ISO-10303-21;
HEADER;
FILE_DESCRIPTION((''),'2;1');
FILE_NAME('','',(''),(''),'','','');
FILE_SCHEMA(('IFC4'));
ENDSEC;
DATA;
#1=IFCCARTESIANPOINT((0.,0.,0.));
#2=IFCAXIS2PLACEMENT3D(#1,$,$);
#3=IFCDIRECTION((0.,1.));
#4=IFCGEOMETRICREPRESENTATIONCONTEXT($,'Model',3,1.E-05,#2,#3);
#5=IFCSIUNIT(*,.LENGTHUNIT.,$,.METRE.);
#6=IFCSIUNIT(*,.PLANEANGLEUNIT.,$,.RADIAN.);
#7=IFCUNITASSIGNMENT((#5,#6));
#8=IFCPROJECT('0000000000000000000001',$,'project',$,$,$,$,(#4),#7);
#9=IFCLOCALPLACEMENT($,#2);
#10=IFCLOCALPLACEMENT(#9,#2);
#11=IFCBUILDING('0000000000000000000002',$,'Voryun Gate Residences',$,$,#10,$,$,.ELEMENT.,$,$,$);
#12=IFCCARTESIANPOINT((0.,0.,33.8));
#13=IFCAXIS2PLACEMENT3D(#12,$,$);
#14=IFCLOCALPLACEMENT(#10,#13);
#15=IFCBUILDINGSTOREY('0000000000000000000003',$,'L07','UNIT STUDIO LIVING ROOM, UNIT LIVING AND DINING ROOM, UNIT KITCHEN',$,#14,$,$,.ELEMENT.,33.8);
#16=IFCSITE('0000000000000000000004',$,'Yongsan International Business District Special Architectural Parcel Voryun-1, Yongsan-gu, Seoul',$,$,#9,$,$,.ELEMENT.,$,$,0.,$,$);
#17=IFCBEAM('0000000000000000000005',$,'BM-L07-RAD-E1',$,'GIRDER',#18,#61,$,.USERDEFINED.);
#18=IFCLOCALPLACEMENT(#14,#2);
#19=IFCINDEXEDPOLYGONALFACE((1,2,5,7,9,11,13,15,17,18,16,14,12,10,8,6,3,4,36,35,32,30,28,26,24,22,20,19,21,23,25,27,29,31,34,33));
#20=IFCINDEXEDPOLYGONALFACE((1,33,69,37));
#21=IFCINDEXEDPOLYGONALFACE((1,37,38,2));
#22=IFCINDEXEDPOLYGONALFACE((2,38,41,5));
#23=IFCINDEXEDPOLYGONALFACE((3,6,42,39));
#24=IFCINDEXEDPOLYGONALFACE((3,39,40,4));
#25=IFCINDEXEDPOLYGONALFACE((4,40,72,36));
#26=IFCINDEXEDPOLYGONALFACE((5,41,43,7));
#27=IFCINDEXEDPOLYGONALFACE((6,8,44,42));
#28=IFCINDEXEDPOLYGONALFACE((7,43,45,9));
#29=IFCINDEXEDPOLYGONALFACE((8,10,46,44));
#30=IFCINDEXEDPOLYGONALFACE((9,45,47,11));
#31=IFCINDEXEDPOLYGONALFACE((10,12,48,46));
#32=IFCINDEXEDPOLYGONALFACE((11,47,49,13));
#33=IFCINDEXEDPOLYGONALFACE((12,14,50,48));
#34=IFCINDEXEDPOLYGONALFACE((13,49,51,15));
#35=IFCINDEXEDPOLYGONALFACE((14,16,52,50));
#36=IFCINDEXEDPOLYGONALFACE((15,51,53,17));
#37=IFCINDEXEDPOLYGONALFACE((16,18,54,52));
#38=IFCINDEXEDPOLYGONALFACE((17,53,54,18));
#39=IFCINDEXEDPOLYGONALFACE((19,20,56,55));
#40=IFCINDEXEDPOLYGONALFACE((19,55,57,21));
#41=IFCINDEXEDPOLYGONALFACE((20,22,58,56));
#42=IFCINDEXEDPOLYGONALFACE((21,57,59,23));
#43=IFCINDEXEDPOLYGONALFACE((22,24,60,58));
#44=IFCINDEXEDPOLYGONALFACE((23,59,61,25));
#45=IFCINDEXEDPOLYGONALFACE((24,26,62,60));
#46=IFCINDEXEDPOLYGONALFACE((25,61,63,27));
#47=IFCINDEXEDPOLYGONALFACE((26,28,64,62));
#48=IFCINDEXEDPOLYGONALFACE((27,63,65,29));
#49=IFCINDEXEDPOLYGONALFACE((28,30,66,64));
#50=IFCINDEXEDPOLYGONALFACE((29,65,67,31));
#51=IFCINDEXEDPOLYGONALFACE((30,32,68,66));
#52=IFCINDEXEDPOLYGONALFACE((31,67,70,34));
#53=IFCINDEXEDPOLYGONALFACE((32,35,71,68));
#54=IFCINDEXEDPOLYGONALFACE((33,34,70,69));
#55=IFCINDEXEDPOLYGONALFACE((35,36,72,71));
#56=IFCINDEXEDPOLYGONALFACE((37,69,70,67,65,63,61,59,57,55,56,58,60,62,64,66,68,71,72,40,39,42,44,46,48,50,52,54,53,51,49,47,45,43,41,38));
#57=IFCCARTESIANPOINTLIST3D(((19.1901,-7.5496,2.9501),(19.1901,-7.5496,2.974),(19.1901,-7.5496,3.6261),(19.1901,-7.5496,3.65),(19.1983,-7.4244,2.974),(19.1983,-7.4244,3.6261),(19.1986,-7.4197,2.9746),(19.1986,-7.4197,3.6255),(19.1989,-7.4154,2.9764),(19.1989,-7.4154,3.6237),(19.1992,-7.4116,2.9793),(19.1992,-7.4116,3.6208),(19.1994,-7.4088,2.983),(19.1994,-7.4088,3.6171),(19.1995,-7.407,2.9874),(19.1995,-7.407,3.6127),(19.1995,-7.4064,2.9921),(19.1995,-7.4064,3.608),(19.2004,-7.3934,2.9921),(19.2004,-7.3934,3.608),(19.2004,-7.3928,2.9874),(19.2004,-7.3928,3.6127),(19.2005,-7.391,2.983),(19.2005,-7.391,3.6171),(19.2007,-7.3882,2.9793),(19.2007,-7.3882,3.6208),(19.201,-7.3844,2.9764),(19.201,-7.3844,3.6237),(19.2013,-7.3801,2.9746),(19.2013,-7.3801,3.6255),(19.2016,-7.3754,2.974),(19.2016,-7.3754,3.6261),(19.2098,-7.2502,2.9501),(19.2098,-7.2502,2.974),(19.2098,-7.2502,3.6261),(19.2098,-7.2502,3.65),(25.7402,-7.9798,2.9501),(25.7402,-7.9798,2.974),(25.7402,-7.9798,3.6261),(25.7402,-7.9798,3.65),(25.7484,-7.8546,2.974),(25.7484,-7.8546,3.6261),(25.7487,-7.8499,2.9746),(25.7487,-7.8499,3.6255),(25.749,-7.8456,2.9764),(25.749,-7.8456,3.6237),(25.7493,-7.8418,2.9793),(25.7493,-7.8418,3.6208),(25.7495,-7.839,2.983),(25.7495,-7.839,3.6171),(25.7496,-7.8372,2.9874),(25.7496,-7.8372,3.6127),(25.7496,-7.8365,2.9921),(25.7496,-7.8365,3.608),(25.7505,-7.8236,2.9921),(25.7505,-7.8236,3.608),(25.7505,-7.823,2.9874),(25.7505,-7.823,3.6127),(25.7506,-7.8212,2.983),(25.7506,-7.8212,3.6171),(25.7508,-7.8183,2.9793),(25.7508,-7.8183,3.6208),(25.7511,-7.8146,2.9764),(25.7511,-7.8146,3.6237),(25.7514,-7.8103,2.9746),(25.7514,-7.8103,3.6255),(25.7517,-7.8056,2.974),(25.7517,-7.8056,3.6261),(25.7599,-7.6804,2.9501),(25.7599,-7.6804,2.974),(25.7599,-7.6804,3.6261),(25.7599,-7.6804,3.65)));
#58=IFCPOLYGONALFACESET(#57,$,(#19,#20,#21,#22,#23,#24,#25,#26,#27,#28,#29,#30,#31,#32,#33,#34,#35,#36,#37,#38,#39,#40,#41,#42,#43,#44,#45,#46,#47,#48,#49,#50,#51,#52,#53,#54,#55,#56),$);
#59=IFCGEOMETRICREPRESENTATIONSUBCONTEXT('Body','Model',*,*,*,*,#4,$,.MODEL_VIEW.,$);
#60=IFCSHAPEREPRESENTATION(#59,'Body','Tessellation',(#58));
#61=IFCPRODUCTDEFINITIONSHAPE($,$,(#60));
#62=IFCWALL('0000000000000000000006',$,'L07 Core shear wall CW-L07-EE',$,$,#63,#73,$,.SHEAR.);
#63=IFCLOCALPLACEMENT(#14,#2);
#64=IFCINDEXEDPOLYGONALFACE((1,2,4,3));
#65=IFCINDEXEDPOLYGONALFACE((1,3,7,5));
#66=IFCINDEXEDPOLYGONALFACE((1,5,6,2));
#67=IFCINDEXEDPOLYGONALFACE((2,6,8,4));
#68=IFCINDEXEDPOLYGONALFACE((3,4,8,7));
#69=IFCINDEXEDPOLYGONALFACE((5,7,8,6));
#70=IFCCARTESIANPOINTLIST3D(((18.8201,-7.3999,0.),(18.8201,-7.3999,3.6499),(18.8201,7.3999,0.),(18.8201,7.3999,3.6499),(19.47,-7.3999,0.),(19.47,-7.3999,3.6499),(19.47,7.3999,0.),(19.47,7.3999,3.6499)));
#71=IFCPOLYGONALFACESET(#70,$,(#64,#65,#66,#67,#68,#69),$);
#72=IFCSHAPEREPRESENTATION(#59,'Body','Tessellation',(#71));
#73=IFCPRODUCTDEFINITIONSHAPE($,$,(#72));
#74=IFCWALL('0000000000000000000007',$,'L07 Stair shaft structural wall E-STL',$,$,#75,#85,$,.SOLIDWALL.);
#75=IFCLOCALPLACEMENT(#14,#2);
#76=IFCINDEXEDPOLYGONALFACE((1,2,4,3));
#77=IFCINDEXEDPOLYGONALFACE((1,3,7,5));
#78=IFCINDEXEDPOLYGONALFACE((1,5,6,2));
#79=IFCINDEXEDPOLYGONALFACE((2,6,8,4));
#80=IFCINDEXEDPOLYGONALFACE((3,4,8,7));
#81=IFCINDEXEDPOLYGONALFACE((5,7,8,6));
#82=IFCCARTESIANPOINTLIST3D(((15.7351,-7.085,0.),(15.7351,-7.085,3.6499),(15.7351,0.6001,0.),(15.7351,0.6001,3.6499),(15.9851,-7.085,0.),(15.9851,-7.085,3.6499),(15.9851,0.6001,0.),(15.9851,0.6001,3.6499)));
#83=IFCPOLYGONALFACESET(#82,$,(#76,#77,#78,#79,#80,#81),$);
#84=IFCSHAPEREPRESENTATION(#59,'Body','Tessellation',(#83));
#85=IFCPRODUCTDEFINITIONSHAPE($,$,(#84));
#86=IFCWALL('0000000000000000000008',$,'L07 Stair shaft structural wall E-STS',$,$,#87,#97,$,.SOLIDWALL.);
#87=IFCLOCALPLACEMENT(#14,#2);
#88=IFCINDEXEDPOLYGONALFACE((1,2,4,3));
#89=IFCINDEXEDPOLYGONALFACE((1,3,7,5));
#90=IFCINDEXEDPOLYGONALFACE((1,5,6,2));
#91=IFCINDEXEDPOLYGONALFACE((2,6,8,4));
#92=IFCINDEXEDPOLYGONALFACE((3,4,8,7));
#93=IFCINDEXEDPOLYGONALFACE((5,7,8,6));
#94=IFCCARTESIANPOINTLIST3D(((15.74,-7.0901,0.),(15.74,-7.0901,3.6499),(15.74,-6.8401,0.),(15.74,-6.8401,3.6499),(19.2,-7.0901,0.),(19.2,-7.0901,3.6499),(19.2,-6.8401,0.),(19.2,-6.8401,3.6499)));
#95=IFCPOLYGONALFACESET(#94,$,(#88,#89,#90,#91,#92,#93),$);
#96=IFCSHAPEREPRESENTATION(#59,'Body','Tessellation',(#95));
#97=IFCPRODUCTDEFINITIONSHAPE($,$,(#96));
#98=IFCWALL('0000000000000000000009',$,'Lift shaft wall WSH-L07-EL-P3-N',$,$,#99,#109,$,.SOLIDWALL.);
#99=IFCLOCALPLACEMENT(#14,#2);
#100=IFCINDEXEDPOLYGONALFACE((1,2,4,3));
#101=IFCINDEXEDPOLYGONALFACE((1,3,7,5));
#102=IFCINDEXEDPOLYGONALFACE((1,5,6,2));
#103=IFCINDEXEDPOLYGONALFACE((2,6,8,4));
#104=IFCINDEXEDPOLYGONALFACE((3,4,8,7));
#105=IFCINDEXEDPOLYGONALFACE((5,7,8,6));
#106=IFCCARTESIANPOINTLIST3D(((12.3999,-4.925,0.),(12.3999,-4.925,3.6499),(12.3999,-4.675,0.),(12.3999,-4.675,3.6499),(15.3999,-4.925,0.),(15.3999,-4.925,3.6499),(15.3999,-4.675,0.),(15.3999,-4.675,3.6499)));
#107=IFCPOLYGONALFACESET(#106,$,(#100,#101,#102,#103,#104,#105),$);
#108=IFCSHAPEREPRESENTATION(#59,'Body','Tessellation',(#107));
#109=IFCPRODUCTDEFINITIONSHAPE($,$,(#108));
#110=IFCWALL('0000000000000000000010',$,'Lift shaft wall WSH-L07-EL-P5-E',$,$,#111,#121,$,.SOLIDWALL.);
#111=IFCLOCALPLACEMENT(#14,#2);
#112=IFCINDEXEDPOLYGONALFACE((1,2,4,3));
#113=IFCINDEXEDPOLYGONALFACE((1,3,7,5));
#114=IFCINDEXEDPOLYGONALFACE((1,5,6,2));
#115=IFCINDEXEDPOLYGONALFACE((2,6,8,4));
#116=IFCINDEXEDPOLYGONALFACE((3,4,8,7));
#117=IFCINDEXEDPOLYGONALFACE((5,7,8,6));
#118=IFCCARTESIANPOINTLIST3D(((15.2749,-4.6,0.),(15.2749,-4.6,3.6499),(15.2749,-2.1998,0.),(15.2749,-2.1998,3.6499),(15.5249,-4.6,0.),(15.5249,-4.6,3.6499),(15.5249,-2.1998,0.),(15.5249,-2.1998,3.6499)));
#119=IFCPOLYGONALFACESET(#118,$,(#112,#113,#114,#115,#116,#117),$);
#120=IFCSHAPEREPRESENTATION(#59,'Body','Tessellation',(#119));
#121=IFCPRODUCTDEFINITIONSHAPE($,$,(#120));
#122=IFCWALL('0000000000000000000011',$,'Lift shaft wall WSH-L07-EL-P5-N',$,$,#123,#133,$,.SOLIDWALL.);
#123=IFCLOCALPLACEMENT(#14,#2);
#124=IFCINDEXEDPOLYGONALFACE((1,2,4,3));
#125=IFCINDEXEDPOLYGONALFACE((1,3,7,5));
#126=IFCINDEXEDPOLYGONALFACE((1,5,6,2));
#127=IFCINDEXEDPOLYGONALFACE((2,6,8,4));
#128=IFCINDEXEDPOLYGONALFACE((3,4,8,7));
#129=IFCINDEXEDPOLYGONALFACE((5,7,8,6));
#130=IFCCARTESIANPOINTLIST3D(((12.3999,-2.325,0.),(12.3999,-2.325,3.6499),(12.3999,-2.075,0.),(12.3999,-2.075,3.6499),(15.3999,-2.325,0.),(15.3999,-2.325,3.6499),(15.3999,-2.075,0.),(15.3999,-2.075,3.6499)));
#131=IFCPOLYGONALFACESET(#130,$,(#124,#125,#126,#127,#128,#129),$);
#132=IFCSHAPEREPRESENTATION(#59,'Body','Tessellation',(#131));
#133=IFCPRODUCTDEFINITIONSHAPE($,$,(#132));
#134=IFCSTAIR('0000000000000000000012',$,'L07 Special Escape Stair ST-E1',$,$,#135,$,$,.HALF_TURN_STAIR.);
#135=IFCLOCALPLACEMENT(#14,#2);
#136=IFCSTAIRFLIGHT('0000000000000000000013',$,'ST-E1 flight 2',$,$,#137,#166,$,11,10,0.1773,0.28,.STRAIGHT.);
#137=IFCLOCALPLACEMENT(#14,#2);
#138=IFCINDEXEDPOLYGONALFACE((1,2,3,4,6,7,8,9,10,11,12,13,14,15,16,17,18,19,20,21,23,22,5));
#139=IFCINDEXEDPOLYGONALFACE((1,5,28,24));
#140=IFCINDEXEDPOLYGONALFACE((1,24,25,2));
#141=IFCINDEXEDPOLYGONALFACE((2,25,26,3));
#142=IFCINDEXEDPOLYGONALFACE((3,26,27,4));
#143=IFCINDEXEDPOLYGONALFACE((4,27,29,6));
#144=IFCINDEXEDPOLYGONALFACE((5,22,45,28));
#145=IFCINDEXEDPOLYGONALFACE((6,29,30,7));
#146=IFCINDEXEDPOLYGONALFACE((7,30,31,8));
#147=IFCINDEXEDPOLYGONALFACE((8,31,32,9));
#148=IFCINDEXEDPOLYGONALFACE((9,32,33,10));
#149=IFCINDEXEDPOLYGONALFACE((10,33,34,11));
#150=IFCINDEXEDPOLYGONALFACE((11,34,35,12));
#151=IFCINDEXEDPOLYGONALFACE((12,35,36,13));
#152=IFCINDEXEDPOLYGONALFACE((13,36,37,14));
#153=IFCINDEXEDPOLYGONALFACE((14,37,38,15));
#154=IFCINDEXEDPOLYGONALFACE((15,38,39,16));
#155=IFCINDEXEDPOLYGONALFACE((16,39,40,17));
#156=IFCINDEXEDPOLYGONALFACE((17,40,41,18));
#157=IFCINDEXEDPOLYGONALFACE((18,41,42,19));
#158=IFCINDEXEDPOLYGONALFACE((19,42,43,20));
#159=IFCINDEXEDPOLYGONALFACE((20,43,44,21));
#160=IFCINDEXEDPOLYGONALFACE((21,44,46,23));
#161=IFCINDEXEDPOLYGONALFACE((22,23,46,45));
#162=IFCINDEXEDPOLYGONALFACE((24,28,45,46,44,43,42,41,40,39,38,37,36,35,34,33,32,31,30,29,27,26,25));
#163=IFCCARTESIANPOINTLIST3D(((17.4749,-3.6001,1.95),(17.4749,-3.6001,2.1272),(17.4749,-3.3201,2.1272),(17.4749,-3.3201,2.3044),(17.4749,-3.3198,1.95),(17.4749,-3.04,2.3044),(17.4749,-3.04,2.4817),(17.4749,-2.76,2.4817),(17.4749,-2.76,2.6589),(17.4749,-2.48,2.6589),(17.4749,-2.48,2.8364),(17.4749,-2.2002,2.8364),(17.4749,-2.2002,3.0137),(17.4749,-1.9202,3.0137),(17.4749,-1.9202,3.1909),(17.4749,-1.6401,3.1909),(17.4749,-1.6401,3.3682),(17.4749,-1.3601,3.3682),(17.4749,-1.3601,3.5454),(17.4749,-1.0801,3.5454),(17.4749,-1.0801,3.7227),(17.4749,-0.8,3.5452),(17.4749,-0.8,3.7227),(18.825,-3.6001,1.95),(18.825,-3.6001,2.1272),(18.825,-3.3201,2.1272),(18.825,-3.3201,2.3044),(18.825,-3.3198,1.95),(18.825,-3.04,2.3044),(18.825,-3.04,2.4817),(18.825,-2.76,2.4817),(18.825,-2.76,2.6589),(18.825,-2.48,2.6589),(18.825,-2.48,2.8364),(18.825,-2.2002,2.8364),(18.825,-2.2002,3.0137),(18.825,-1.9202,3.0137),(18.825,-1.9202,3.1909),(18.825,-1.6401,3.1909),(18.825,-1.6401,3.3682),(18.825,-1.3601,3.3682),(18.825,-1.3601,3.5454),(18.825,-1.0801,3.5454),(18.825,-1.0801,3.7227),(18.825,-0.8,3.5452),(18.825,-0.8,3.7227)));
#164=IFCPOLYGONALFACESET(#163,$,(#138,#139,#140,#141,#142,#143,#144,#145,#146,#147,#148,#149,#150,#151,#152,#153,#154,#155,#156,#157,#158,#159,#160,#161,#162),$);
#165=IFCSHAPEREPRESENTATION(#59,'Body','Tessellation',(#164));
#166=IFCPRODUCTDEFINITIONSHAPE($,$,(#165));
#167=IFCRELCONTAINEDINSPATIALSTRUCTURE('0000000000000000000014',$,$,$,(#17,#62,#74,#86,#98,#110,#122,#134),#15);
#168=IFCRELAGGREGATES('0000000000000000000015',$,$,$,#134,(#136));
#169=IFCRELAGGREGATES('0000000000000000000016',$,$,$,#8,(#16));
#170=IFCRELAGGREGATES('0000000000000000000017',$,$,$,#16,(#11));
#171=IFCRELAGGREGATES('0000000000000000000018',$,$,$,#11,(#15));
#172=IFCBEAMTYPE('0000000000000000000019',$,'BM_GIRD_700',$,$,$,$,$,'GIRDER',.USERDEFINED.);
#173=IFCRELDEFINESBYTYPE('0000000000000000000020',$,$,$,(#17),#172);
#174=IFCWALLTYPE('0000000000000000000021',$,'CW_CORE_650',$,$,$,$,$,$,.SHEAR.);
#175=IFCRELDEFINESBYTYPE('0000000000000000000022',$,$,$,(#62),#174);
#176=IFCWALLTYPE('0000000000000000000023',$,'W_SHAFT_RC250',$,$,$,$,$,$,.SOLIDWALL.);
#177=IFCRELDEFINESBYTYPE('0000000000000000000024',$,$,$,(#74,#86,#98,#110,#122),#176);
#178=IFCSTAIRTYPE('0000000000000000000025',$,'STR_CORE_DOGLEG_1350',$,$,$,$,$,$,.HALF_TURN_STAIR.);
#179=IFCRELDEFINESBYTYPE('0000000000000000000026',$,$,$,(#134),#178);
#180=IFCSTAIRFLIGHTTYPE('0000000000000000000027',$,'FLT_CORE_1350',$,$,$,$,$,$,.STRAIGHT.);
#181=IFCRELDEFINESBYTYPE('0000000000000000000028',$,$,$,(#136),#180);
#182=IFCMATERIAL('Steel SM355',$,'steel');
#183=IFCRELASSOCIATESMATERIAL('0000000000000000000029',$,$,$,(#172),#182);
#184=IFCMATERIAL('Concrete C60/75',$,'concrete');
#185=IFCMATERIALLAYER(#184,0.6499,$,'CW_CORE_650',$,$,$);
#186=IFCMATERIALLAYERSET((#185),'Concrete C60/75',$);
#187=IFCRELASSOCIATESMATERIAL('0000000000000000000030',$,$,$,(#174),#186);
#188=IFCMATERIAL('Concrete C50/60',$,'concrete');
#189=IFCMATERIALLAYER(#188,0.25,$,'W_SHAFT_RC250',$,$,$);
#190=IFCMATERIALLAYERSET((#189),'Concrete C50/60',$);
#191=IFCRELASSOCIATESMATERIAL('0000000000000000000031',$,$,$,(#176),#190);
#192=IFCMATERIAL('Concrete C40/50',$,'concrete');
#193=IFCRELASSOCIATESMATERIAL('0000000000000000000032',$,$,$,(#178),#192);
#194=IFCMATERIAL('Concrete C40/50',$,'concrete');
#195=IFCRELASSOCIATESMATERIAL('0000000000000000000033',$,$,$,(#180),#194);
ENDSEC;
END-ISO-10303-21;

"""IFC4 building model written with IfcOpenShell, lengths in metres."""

from ifc_helpers import new_model, si_unit, direction, frame, frame_2d, origin, origin_2d, place, context, subcontext, project, spatial, polyline, rectangle, i_section, outline, extrude, material, layer, layer_set, material_profile, profile_set, type_object, element, aggregate, save


model = new_model("IFC4")

# Units and contexts
model_context = context("Model", 3, precision=1e-05, world=origin(), true_north=direction((0.0, 1.0)))
body_context = subcontext(model_context, "Body", "Model", "MODEL_VIEW")
ifc_project = project(units=[si_unit("LENGTHUNIT", "METRE"), si_unit("PLANEANGLEUNIT", "RADIAN")], contexts=[model_context])

# Site, building, storey
site_placement = place(None, origin())
site = spatial("IfcSite", under=ifc_project, at=site_placement, Name="Yongsan International Business District Special Architectural Parcel Voryun-1, Yongsan-gu, Seoul", CompositionType="ELEMENT", RefElevation=0.0)
building_placement = place(site_placement, origin())
building = spatial("IfcBuilding", under=site, at=building_placement, Name="Voryun Gate Residences", CompositionType="ELEMENT")
storey_placement = place(building_placement, frame((0.0, 0.0, 33.8)))
storey = spatial("IfcBuildingStorey", under=building, at=storey_placement, Name="L07", Description="UNIT STUDIO LIVING ROOM, UNIT LIVING AND DINING ROOM, UNIT KITCHEN", CompositionType="ELEMENT", Elevation=33.8)

# Beam
ifc_material_1 = material(Name="Steel SM355", Category="steel")
ifc_material_profile_1 = material_profile(ifc_material_1, i_section(OverallWidth=0.3, OverallDepth=0.7, WebThickness=0.0129, FlangeThickness=0.0239, FilletRadius=0.0181, at=origin_2d()), Name="H-700x300x13x24")
ifc_profile_set_1 = profile_set([ifc_material_profile_1], Name="Steel SM355")
beam_type_1 = type_object("IfcBeamType", Name="BM_GIRD_700", ElementType="GIRDER", PredefinedType="USERDEFINED", material=ifc_profile_set_1)
beam_1_placement = place(storey_placement, frame((19.2, -7.3999, 3.3), z_axis=(0.99785, -0.065534, 0.0), x_axis=(0.065534, 0.99785, 0.0)))
element("IfcBeam", 1, at=beam_1_placement, inside=storey, type_object=beam_type_1, Name="BM-L07-RAD-E1", ObjectType="GIRDER", PredefinedType="USERDEFINED", context=body_context, shape_type="SweptSolid", body=[
    extrude(i_section(OverallWidth=0.3, OverallDepth=0.7, WebThickness=0.0129, FlangeThickness=0.0239, FilletRadius=0.0181, at=origin_2d()), origin(), (0.0, 0.0, 1.0), 6.5642),
])

# Walls
ifc_material_2 = material(Name="Concrete C60/75", Category="concrete")
ifc_layer_1 = layer(ifc_material_2, 0.6499, Name="CW_CORE_650")
ifc_layer_set_1 = layer_set([ifc_layer_1], Name="Concrete C60/75")
wall_type_1 = type_object("IfcWallType", Name="CW_CORE_650", PredefinedType="SHEAR", material=ifc_layer_set_1)
wall_1_placement = place(storey_placement, frame((19.145, -7.3999, 0.0), z_axis=(0.0, 0.0, 1.0), x_axis=(0.0, 1.0, 0.0)))
element("IfcWall", 2, at=wall_1_placement, inside=storey, type_object=wall_type_1, Name="L07 Core shear wall CW-L07-EE", PredefinedType="SHEAR", context=body_context, shape_type="SweptSolid", body=[
    extrude(rectangle(XDim=14.7998, YDim=0.6499, at=frame_2d((7.3999, 0.0))), origin(), (0.0, 0.0, 1.0), 3.6499),
])
ifc_material_3 = material(Name="Concrete C50/60", Category="concrete")
ifc_layer_2 = layer(ifc_material_3, 0.25, Name="W_SHAFT_RC250")
ifc_layer_set_2 = layer_set([ifc_layer_2], Name="Concrete C50/60")
wall_type_2 = type_object("IfcWallType", Name="W_SHAFT_RC250", PredefinedType="SOLIDWALL", material=ifc_layer_set_2)
wall_2_placement = place(storey_placement, frame((15.8601, -7.085, 0.0), z_axis=(0.0, 0.0, 1.0), x_axis=(0.0, 1.0, 0.0)))
element("IfcWall", 3, at=wall_2_placement, inside=storey, type_object=wall_type_2, Name="L07 Stair shaft structural wall E-STL", PredefinedType="SOLIDWALL", context=body_context, shape_type="SweptSolid", body=[
    extrude(rectangle(XDim=7.6851, YDim=0.25, at=frame_2d((3.8425, 0.0))), origin(), (0.0, 0.0, 1.0), 3.6499),
])
wall_3_placement = place(storey_placement, frame((15.74, -6.9651, 0.0), z_axis=(0.0, 0.0, 1.0), x_axis=(1.0, 0.0, 0.0)))
element("IfcWall", 4, at=wall_3_placement, inside=storey, type_object=wall_type_2, Name="L07 Stair shaft structural wall E-STS", PredefinedType="SOLIDWALL", context=body_context, shape_type="SweptSolid", body=[
    extrude(rectangle(XDim=3.46, YDim=0.25, at=frame_2d((1.73, 0.0))), origin(), (0.0, 0.0, 1.0), 3.6499),
])
wall_4_placement = place(storey_placement, frame((15.3999, -4.8, 0.0), z_axis=(0.0, 0.0, 1.0), x_axis=(-1.0, 0.0, 0.0)))
element("IfcWall", 5, at=wall_4_placement, inside=storey, type_object=wall_type_2, Name="Lift shaft wall WSH-L07-EL-P3-N", PredefinedType="SOLIDWALL", context=body_context, shape_type="SweptSolid", body=[
    extrude(rectangle(XDim=3.0, YDim=0.25, at=frame_2d((1.5, 0.0))), origin(), (0.0, 0.0, 1.0), 3.6499),
])
wall_5_placement = place(storey_placement, frame((15.3999, -4.6001, 0.0), z_axis=(0.0, 0.0, 1.0), x_axis=(0.0, 1.0, 0.0)))
element("IfcWall", 6, at=wall_5_placement, inside=storey, type_object=wall_type_2, Name="Lift shaft wall WSH-L07-EL-P5-E", PredefinedType="SOLIDWALL", context=body_context, shape_type="SweptSolid", body=[
    extrude(rectangle(XDim=2.4001, YDim=0.25, at=frame_2d((1.2002, 0.0))), origin(), (0.0, 0.0, 1.0), 3.6499),
])
wall_6_placement = place(storey_placement, frame((15.3999, -2.2, 0.0), z_axis=(0.0, 0.0, 1.0), x_axis=(-1.0, 0.0, 0.0)))
element("IfcWall", 7, at=wall_6_placement, inside=storey, type_object=wall_type_2, Name="Lift shaft wall WSH-L07-EL-P5-N", PredefinedType="SOLIDWALL", context=body_context, shape_type="SweptSolid", body=[
    extrude(rectangle(XDim=3.0, YDim=0.25, at=frame_2d((1.5, 0.0))), origin(), (0.0, 0.0, 1.0), 3.6499),
])

# Stair, stair flight
ifc_material_4 = material(Name="Concrete C40/50", Category="concrete")
stair_type = type_object("IfcStairType", Name="STR_CORE_DOGLEG_1350", PredefinedType="HALF_TURN_STAIR", material=ifc_material_4)
stair_placement = place(storey_placement, origin())
stair = element("IfcStair", 8, at=stair_placement, inside=storey, type_object=stair_type, Name="L07 Special Escape Stair ST-E1", PredefinedType="HALF_TURN_STAIR")
ifc_material_5 = material(Name="Concrete C40/50", Category="concrete")
stair_flight_type = type_object("IfcStairFlightType", Name="FLT_CORE_1350", PredefinedType="STRAIGHT", material=ifc_material_5)
stair_flight_placement = place(storey_placement, frame((18.1499, -3.6001, 1.95), z_axis=(0.0, 0.0, 1.0), x_axis=(0.0, 1.0, 0.0)))
stair_flight = element("IfcStairFlight", 9, at=stair_flight_placement, type_object=stair_flight_type, Name="ST-E1 flight 2", NumberOfRisers=11, NumberOfTreads=10, PredefinedType="STRAIGHT", RiserHeight=0.1773, TreadLength=0.28, context=body_context, shape_type="SweptSolid", body=[
    extrude(outline(polyline([(0.0, 0.0), (0.0, 0.1772), (0.28, 0.1772), (0.28, 0.3545), (0.5601, 0.3545), (0.5601, 0.5317), (0.8401, 0.5317), (0.8401, 0.709), (1.1201, 0.709), (1.1201, 0.8865), (1.3999, 0.8865), (1.3999, 1.0637), (1.6799, 1.0637), (1.6799, 1.241), (1.96, 1.241), (1.96, 1.4182), (2.24, 1.4182), (2.24, 1.5955), (2.52, 1.5955), (2.52, 1.7727), (2.8, 1.7727), (2.8, 1.95), (2.8, 1.5952), (0.2803, 0.0), (0.0, 0.0)])), frame((0.0, 0.675, 0.0), z_axis=(0.0, -1.0, 0.0), x_axis=(1.0, 0.0, 0.0)), (0.0, 0.0, 1.0), 1.3501),
])
aggregate(stair, [stair_flight])

save(model, "model.ifc")
